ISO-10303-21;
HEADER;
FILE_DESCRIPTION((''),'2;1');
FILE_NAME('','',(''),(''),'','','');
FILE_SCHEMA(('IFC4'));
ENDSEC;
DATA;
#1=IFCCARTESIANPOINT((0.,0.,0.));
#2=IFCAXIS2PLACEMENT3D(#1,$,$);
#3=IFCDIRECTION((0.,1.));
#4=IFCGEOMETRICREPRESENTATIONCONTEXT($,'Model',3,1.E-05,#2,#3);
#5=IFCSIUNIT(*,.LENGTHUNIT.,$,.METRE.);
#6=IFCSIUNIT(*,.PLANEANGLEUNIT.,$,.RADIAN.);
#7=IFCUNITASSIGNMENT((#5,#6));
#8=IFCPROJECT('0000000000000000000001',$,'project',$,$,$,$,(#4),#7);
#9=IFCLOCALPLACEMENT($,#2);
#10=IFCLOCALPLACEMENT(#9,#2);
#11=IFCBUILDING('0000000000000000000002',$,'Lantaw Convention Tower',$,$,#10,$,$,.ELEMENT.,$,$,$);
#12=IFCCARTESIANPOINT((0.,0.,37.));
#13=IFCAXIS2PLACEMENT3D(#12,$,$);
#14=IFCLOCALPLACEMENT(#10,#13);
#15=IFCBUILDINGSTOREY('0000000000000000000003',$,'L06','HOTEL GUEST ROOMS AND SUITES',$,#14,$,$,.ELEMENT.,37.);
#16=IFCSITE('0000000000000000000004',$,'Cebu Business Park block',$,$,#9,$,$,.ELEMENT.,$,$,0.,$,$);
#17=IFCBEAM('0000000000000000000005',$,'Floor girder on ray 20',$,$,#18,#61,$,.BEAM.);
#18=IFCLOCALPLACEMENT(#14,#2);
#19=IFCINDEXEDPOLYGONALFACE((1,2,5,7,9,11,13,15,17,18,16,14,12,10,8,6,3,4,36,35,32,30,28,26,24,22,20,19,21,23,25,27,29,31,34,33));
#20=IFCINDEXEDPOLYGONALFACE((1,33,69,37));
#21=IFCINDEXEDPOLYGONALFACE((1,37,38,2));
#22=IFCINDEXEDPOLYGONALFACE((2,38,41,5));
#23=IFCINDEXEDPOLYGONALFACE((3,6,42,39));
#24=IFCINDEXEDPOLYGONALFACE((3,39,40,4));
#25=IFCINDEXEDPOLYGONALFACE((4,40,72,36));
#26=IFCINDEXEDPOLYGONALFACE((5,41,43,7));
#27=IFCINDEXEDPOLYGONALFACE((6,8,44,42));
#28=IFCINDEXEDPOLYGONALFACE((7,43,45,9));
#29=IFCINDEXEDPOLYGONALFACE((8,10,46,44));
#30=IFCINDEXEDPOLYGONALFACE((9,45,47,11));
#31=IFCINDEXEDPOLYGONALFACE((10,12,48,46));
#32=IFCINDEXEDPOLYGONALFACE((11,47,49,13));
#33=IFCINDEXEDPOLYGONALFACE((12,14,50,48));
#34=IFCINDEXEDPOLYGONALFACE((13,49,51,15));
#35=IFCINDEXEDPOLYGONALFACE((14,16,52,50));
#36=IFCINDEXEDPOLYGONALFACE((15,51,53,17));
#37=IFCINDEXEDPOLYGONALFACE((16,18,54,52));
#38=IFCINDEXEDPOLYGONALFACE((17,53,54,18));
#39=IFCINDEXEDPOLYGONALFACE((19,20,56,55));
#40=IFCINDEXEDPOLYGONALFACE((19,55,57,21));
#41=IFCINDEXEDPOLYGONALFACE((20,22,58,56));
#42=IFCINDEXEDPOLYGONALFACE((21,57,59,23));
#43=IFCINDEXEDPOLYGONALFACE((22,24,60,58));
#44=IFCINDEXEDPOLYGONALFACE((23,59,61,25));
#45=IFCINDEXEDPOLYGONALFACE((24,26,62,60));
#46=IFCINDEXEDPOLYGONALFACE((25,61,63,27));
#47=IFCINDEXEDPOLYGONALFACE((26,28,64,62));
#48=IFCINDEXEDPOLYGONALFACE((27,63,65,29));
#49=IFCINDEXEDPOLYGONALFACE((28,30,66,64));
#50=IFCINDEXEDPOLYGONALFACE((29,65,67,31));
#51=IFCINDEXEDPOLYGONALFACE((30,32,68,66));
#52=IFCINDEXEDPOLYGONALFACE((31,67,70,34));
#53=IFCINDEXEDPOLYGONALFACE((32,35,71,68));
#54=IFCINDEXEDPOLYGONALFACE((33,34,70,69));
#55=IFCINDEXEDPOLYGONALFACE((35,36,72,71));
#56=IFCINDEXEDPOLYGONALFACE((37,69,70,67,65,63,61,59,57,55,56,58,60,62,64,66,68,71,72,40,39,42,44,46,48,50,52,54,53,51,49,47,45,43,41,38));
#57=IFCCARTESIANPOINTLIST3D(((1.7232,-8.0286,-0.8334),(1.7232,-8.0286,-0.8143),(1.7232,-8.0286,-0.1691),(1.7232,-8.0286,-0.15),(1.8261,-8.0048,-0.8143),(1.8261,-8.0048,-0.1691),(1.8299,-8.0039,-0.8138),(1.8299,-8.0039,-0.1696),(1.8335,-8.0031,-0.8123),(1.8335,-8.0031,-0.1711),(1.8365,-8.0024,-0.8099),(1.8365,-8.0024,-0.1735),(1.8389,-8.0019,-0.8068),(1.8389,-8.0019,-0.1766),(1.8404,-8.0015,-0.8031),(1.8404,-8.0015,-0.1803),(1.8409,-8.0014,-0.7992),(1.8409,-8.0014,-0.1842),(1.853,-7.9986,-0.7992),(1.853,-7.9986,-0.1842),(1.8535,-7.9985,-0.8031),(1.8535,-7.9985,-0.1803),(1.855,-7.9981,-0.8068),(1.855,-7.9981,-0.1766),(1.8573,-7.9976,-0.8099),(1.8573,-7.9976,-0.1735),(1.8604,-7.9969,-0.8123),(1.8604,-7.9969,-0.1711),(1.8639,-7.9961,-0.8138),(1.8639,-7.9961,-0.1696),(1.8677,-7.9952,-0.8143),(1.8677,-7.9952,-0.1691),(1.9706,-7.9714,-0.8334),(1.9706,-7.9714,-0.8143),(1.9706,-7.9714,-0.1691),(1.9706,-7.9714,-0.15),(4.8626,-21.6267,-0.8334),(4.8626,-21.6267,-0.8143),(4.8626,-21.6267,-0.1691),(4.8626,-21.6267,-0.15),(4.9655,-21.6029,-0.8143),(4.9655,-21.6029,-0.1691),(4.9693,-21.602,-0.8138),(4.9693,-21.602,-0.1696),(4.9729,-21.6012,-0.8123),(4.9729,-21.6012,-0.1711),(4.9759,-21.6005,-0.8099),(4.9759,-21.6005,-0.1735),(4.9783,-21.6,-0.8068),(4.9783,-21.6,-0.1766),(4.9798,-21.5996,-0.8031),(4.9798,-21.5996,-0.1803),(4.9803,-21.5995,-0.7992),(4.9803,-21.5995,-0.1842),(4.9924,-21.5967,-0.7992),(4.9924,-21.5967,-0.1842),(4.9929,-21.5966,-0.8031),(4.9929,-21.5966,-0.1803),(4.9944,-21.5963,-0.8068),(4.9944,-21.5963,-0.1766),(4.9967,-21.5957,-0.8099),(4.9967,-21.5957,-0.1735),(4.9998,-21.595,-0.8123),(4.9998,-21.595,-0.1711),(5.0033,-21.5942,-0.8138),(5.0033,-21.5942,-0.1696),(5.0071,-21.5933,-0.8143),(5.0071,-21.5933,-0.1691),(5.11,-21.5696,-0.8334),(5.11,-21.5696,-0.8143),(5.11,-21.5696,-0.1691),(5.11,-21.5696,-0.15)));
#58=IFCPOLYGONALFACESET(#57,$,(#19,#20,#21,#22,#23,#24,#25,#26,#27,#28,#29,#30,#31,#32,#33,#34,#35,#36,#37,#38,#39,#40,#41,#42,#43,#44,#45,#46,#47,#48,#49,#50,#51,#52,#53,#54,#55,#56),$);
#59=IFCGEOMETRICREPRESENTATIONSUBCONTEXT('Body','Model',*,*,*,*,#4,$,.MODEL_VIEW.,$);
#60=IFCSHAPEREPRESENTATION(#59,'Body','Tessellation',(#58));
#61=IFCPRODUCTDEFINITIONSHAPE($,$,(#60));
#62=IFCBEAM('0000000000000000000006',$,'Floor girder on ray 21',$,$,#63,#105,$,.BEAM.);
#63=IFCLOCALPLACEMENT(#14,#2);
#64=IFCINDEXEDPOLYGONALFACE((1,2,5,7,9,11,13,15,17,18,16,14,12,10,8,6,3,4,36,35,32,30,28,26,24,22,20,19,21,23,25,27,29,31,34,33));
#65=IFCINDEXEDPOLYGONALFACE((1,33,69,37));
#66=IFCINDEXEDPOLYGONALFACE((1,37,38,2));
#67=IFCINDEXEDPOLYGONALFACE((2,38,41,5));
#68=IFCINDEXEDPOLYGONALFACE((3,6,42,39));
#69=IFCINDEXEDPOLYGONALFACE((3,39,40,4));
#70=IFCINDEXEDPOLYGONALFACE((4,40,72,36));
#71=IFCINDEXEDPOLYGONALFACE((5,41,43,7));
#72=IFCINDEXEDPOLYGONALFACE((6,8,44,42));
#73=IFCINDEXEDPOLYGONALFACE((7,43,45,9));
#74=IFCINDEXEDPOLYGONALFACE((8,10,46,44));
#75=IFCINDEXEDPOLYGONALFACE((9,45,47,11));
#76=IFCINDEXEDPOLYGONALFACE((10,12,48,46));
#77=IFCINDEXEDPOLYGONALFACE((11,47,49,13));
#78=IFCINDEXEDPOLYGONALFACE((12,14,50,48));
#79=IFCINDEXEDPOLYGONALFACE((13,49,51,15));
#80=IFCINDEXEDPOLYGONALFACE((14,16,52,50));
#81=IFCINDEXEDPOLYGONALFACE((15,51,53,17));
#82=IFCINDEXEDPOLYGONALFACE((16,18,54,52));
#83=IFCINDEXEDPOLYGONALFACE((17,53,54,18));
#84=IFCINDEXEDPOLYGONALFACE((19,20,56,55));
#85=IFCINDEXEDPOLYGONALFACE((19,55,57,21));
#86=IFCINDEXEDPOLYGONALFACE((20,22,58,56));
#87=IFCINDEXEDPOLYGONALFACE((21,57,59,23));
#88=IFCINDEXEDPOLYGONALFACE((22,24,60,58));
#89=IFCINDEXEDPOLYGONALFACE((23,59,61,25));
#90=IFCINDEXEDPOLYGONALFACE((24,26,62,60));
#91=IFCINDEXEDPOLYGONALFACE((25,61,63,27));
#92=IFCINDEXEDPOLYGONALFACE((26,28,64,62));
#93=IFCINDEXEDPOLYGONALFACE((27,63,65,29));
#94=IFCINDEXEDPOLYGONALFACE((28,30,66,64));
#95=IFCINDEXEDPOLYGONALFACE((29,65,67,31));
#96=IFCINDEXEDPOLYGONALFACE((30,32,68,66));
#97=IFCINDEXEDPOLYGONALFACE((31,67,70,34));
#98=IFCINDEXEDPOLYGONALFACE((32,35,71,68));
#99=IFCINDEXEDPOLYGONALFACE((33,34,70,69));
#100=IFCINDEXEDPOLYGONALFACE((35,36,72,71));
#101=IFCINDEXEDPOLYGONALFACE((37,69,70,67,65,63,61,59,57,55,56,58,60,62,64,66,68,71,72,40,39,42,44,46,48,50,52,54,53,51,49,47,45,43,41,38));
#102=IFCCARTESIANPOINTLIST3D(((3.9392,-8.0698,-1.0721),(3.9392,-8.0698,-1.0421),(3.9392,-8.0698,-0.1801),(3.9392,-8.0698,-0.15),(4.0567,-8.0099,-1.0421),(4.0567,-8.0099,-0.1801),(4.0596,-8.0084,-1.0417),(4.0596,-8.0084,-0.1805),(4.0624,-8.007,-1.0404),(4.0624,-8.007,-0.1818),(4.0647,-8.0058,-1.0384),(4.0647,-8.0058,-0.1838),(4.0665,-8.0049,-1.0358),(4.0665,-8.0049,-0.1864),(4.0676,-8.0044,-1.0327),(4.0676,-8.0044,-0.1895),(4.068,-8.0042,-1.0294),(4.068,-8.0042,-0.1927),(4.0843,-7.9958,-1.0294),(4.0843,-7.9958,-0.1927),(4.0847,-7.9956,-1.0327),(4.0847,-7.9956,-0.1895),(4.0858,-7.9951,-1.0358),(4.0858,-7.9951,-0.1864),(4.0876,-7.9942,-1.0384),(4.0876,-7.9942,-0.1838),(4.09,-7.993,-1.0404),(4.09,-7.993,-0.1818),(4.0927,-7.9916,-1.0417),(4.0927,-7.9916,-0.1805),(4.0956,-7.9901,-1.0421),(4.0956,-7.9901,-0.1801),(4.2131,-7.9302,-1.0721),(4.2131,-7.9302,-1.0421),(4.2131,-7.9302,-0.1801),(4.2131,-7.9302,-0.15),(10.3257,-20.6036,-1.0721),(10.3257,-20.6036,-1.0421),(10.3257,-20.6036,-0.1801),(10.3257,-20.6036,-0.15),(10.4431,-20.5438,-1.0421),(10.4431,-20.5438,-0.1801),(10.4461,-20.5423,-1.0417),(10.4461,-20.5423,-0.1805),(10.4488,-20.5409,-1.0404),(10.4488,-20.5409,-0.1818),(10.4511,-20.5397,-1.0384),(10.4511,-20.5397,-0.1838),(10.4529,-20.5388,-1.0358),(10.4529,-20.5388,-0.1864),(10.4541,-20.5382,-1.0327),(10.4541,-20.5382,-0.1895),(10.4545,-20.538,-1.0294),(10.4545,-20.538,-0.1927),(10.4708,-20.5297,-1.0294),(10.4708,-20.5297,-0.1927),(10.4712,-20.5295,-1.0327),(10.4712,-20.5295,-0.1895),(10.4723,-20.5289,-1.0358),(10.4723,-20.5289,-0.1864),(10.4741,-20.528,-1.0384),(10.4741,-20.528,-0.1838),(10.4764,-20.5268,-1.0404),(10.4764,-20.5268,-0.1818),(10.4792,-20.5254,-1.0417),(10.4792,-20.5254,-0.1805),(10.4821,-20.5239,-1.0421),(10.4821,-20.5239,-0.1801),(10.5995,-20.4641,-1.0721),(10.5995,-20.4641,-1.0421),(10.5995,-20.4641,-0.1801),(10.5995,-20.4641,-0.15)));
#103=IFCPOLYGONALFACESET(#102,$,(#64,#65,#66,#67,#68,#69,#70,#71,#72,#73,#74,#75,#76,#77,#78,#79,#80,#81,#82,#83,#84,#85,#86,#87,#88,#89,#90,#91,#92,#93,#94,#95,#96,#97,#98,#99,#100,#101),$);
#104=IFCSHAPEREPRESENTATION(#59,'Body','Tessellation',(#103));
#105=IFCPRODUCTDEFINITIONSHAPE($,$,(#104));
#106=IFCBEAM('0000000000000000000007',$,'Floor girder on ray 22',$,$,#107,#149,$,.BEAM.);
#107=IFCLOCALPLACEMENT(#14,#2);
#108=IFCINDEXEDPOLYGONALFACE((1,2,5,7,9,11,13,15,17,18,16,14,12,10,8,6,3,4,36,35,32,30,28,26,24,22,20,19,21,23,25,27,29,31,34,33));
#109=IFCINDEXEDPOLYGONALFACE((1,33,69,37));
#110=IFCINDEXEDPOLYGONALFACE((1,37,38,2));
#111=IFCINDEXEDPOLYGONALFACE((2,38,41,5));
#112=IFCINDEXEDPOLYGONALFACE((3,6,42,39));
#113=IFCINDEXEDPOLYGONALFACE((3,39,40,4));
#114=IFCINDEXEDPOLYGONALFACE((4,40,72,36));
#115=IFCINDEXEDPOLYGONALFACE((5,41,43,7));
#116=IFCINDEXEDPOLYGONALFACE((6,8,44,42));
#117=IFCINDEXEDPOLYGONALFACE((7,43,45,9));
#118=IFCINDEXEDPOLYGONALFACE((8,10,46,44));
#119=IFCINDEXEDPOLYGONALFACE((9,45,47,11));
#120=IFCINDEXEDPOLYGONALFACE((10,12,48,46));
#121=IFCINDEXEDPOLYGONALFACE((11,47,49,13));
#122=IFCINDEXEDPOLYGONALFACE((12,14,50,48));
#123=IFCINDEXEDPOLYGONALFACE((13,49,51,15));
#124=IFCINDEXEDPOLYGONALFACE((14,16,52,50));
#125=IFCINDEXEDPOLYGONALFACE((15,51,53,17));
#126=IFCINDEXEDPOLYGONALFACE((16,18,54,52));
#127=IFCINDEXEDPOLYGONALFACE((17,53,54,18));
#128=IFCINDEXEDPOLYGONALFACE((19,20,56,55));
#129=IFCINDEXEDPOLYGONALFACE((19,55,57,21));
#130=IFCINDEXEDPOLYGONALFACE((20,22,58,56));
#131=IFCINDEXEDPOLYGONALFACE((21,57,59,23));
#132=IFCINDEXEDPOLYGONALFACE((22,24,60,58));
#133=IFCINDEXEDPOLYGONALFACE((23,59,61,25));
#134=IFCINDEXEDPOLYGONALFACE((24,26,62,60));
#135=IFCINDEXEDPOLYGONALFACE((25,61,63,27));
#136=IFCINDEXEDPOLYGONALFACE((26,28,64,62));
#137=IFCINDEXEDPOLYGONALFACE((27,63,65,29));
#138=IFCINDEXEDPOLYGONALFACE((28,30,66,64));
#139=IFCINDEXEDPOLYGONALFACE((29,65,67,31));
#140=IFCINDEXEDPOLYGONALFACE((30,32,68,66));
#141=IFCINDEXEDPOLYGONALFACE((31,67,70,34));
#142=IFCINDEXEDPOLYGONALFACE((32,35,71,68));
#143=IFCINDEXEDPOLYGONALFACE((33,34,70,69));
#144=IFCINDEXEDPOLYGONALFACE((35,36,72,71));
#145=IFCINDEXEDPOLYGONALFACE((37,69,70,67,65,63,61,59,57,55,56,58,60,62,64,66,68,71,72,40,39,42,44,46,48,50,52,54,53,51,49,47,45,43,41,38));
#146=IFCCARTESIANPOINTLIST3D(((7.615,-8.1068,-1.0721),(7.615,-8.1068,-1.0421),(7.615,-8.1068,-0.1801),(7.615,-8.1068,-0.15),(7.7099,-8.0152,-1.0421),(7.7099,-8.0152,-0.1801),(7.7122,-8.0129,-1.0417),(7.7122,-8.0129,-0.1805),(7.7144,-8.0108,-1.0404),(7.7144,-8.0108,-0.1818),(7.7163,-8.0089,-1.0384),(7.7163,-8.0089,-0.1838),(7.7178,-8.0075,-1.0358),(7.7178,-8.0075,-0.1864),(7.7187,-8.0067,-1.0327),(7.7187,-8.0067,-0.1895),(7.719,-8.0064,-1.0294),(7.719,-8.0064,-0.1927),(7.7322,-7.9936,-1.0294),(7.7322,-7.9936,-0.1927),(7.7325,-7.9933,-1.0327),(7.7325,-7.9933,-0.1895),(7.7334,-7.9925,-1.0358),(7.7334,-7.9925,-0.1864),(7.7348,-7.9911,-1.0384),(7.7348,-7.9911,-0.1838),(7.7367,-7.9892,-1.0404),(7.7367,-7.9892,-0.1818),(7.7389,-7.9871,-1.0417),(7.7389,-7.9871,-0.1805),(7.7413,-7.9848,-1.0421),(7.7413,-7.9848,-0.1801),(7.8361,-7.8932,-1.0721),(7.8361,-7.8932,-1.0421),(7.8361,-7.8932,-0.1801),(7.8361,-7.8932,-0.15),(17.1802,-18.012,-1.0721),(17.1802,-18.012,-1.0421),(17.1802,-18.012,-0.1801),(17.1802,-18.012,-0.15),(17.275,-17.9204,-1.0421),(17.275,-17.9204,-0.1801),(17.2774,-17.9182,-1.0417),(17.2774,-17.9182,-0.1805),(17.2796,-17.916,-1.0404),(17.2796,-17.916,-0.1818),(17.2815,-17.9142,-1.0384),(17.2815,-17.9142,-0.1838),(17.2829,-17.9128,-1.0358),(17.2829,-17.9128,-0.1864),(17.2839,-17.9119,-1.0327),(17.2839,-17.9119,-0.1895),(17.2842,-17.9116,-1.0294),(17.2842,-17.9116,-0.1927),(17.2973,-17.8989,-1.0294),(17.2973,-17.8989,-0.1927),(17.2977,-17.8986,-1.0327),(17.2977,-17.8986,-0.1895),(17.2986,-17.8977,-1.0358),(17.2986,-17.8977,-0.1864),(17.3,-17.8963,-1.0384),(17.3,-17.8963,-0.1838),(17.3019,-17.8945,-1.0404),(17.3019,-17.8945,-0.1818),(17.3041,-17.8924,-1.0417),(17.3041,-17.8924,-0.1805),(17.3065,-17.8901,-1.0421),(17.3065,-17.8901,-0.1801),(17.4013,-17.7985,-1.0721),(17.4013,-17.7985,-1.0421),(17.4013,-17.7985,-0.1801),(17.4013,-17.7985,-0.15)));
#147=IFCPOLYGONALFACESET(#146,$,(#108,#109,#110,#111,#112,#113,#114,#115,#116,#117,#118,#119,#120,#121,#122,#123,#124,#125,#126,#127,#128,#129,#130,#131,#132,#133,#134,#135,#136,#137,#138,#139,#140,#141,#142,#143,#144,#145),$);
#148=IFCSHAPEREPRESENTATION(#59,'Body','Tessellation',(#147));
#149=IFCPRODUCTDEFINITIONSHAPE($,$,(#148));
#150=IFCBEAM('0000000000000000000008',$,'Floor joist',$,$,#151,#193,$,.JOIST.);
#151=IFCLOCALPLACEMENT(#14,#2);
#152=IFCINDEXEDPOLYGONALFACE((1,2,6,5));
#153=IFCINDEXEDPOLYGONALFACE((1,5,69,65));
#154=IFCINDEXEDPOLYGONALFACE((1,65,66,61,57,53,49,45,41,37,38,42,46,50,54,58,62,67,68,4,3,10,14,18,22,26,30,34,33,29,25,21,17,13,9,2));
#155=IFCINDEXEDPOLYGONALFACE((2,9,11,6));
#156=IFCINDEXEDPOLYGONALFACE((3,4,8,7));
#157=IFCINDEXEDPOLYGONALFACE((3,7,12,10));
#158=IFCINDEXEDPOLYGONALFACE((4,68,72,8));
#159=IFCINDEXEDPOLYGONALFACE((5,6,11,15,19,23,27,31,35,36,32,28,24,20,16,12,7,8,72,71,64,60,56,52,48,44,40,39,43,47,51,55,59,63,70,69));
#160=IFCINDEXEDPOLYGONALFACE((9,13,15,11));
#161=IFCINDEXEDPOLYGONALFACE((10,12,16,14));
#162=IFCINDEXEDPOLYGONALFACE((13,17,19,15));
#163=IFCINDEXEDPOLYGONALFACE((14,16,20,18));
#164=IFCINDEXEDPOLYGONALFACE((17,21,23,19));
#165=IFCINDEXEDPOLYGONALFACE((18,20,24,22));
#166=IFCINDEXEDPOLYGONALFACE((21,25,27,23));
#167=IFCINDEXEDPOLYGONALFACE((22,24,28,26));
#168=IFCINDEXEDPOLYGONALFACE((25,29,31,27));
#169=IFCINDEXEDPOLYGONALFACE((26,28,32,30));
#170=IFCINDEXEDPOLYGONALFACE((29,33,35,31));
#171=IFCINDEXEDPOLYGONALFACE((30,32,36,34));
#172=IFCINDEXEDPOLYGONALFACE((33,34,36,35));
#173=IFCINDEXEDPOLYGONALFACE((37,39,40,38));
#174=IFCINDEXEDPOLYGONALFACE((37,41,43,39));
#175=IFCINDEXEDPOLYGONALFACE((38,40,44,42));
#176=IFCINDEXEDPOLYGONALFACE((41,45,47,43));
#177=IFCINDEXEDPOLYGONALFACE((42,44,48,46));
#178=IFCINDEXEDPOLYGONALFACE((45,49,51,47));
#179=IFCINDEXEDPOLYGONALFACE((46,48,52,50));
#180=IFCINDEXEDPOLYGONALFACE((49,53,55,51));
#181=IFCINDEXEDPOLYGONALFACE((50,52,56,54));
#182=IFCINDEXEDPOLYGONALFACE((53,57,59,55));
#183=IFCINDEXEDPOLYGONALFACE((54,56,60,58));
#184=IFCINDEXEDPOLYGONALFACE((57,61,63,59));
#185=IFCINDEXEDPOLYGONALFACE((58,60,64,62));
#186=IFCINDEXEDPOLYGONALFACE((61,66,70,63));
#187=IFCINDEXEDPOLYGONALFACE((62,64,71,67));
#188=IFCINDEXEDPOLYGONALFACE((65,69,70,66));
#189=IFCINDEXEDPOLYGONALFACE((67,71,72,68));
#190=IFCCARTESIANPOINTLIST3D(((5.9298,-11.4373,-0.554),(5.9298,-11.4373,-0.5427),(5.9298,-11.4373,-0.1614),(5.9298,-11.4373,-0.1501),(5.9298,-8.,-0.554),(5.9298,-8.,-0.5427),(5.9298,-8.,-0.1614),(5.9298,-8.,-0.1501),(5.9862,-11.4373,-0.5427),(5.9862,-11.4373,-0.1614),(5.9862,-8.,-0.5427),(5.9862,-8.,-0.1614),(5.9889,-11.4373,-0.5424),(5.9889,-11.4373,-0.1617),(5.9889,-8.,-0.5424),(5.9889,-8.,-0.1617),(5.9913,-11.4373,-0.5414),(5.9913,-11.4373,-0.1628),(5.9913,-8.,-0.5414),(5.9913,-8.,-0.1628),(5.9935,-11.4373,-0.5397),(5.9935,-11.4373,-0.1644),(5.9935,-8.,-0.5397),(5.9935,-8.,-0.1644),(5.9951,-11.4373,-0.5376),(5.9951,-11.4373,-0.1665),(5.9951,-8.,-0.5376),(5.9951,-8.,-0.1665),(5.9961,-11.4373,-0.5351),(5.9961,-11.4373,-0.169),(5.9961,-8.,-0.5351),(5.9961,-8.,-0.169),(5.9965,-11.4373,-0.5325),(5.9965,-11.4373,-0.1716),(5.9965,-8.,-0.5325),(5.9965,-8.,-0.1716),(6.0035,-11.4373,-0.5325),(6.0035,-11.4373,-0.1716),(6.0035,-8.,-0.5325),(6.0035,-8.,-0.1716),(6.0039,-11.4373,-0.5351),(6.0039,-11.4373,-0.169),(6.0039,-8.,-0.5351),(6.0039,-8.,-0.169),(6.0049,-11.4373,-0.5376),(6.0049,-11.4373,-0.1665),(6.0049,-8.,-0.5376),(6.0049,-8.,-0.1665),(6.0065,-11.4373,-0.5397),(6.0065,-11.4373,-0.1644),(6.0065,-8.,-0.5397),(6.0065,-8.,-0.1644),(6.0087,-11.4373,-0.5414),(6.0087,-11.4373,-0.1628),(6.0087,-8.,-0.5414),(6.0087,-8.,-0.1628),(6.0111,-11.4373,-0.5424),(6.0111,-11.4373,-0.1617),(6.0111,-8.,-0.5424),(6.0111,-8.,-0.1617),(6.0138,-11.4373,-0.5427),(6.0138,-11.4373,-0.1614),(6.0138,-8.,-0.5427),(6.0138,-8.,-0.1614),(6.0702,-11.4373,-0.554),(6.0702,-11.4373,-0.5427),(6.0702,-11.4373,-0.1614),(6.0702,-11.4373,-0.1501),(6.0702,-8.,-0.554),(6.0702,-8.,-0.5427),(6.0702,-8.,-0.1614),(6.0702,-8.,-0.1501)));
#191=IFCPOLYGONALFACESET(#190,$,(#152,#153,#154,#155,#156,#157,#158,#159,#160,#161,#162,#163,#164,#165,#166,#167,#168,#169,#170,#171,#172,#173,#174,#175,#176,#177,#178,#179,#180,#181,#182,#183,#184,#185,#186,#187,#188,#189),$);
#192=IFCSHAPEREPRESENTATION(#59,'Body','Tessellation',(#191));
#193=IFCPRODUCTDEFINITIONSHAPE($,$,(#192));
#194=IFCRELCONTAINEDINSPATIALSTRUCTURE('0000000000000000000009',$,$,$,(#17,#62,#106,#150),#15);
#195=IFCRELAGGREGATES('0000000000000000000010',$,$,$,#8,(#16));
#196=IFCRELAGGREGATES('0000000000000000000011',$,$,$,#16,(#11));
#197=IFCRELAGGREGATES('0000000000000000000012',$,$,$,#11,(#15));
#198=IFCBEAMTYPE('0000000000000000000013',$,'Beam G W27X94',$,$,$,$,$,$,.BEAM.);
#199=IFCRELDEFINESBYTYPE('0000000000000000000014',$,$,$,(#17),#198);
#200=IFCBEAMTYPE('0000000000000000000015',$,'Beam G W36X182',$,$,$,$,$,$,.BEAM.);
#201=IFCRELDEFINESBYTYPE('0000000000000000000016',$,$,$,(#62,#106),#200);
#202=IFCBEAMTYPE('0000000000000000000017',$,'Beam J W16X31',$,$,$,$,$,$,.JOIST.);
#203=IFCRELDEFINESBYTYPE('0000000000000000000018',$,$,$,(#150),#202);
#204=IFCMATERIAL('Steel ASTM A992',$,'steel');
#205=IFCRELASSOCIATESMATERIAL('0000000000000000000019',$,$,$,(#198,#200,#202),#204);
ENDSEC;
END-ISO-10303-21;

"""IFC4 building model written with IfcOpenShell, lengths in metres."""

from ifc_helpers import new_model, si_unit, direction, frame, origin, origin_2d, place, context, subcontext, project, spatial, i_section, extrude, material, material_profile, profile_set, type_object, element, save


model = new_model("IFC4")

# Units and contexts
model_context = context("Model", 3, precision=1e-05, world=origin(), true_north=direction((0.0, 1.0)))
body_context = subcontext(model_context, "Body", "Model", "MODEL_VIEW")
ifc_project = project(units=[si_unit("LENGTHUNIT", "METRE"), si_unit("PLANEANGLEUNIT", "RADIAN")], contexts=[model_context])

# Site, building, storey
site_placement = place(None, origin())
site = spatial("IfcSite", under=ifc_project, at=site_placement, Name="Cebu Business Park block", CompositionType="ELEMENT", RefElevation=0.0)
building_placement = place(site_placement, origin())
building = spatial("IfcBuilding", under=site, at=building_placement, Name="Lantaw Convention Tower", CompositionType="ELEMENT")
storey_placement = place(building_placement, frame((0.0, 0.0, 37.0)))
storey = spatial("IfcBuildingStorey", under=building, at=storey_placement, Name="L06", Description="HOTEL GUEST ROOMS AND SUITES", CompositionType="ELEMENT", Elevation=37.0)

# Beams
ifc_material_1 = material(Name="Steel ASTM A992", Category="steel")
ifc_material_profile_1 = material_profile(ifc_material_1, i_section(OverallWidth=0.2539, OverallDepth=0.6833, WebThickness=0.0125, FlangeThickness=0.019, FilletRadius=0.0151, at=origin_2d()), Name="W27X94")
ifc_profile_set_1 = profile_set([ifc_material_profile_1], Name="Steel ASTM A992")
beam_type_1 = type_object("IfcBeamType", Name="Beam G W27X94", PredefinedType="BEAM", material=ifc_profile_set_1)
beam_1_placement = place(storey_placement, frame((1.8469, -8.0, -0.4917), z_axis=(0.224953, -0.97437, 0.0), x_axis=(0.97437, 0.224953, 0.0)))
element("IfcBeam", 1, at=beam_1_placement, inside=storey, type_object=beam_type_1, Name="Floor girder on ray 20", PredefinedType="BEAM", context=body_context, shape_type="SweptSolid", body=[
    extrude(i_section(OverallWidth=0.2539, OverallDepth=0.6833, WebThickness=0.0125, FlangeThickness=0.019, FilletRadius=0.0151, at=origin_2d()), origin(), (0.0, 0.0, 1.0), 13.9558),
])
ifc_material_profile_2 = material_profile(ifc_material_1, i_section(OverallWidth=0.3074, OverallDepth=0.9221, WebThickness=0.0183, FlangeThickness=0.03, FilletRadius=0.0127, at=origin_2d()), Name="W36X182")
ifc_profile_set_2 = profile_set([ifc_material_profile_2], Name="Steel ASTM A992")
beam_type_2 = type_object("IfcBeamType", Name="Beam G W36X182", PredefinedType="BEAM", material=ifc_profile_set_2)
beam_2_placement = place(storey_placement, frame((4.0762, -8.0, -0.6111), z_axis=(0.453997, -0.891003, 0.0), x_axis=(0.891003, 0.453997, 0.0)))
element("IfcBeam", 2, at=beam_2_placement, inside=storey, type_object=beam_type_2, Name="Floor girder on ray 21", PredefinedType="BEAM", context=body_context, shape_type="SweptSolid", body=[
    extrude(i_section(OverallWidth=0.3074, OverallDepth=0.9221, WebThickness=0.0183, FlangeThickness=0.03, FilletRadius=0.0127, at=origin_2d()), origin(), (0.0, 0.0, 1.0), 14.0671),
])
beam_3_placement = place(storey_placement, frame((7.7256, -8.0, -0.6111), z_axis=(0.69465, -0.719348, 0.0), x_axis=(0.719348, 0.69465, 0.0)))
element("IfcBeam", 3, at=beam_3_placement, inside=storey, type_object=beam_type_2, Name="Floor girder on ray 22", PredefinedType="BEAM", context=body_context, shape_type="SweptSolid", body=[
    extrude(i_section(OverallWidth=0.3074, OverallDepth=0.9221, WebThickness=0.0183, FlangeThickness=0.03, FilletRadius=0.0127, at=origin_2d()), origin(), (0.0, 0.0, 1.0), 13.7698),
])
ifc_material_profile_3 = material_profile(ifc_material_1, i_section(OverallWidth=0.1404, OverallDepth=0.4038, WebThickness=0.0071, FlangeThickness=0.0112, FilletRadius=0.0103, at=origin_2d()), Name="W16X31")
ifc_profile_set_3 = profile_set([ifc_material_profile_3], Name="Steel ASTM A992")
beam_type_3 = type_object("IfcBeamType", Name="Beam J W16X31", PredefinedType="JOIST", material=ifc_profile_set_3)
beam_4_placement = place(storey_placement, frame((6.0, -11.4373, -0.3521), z_axis=(0.0, 1.0, 0.0), x_axis=(-1.0, 0.0, 0.0)))
element("IfcBeam", 4, at=beam_4_placement, inside=storey, type_object=beam_type_3, Name="Floor joist", PredefinedType="JOIST", context=body_context, shape_type="SweptSolid", body=[
    extrude(i_section(OverallWidth=0.1404, OverallDepth=0.4038, WebThickness=0.0071, FlangeThickness=0.0112, FilletRadius=0.0103, at=origin_2d()), origin(), (0.0, 0.0, 1.0), 3.4373),
])

save(model, "model.ifc")
